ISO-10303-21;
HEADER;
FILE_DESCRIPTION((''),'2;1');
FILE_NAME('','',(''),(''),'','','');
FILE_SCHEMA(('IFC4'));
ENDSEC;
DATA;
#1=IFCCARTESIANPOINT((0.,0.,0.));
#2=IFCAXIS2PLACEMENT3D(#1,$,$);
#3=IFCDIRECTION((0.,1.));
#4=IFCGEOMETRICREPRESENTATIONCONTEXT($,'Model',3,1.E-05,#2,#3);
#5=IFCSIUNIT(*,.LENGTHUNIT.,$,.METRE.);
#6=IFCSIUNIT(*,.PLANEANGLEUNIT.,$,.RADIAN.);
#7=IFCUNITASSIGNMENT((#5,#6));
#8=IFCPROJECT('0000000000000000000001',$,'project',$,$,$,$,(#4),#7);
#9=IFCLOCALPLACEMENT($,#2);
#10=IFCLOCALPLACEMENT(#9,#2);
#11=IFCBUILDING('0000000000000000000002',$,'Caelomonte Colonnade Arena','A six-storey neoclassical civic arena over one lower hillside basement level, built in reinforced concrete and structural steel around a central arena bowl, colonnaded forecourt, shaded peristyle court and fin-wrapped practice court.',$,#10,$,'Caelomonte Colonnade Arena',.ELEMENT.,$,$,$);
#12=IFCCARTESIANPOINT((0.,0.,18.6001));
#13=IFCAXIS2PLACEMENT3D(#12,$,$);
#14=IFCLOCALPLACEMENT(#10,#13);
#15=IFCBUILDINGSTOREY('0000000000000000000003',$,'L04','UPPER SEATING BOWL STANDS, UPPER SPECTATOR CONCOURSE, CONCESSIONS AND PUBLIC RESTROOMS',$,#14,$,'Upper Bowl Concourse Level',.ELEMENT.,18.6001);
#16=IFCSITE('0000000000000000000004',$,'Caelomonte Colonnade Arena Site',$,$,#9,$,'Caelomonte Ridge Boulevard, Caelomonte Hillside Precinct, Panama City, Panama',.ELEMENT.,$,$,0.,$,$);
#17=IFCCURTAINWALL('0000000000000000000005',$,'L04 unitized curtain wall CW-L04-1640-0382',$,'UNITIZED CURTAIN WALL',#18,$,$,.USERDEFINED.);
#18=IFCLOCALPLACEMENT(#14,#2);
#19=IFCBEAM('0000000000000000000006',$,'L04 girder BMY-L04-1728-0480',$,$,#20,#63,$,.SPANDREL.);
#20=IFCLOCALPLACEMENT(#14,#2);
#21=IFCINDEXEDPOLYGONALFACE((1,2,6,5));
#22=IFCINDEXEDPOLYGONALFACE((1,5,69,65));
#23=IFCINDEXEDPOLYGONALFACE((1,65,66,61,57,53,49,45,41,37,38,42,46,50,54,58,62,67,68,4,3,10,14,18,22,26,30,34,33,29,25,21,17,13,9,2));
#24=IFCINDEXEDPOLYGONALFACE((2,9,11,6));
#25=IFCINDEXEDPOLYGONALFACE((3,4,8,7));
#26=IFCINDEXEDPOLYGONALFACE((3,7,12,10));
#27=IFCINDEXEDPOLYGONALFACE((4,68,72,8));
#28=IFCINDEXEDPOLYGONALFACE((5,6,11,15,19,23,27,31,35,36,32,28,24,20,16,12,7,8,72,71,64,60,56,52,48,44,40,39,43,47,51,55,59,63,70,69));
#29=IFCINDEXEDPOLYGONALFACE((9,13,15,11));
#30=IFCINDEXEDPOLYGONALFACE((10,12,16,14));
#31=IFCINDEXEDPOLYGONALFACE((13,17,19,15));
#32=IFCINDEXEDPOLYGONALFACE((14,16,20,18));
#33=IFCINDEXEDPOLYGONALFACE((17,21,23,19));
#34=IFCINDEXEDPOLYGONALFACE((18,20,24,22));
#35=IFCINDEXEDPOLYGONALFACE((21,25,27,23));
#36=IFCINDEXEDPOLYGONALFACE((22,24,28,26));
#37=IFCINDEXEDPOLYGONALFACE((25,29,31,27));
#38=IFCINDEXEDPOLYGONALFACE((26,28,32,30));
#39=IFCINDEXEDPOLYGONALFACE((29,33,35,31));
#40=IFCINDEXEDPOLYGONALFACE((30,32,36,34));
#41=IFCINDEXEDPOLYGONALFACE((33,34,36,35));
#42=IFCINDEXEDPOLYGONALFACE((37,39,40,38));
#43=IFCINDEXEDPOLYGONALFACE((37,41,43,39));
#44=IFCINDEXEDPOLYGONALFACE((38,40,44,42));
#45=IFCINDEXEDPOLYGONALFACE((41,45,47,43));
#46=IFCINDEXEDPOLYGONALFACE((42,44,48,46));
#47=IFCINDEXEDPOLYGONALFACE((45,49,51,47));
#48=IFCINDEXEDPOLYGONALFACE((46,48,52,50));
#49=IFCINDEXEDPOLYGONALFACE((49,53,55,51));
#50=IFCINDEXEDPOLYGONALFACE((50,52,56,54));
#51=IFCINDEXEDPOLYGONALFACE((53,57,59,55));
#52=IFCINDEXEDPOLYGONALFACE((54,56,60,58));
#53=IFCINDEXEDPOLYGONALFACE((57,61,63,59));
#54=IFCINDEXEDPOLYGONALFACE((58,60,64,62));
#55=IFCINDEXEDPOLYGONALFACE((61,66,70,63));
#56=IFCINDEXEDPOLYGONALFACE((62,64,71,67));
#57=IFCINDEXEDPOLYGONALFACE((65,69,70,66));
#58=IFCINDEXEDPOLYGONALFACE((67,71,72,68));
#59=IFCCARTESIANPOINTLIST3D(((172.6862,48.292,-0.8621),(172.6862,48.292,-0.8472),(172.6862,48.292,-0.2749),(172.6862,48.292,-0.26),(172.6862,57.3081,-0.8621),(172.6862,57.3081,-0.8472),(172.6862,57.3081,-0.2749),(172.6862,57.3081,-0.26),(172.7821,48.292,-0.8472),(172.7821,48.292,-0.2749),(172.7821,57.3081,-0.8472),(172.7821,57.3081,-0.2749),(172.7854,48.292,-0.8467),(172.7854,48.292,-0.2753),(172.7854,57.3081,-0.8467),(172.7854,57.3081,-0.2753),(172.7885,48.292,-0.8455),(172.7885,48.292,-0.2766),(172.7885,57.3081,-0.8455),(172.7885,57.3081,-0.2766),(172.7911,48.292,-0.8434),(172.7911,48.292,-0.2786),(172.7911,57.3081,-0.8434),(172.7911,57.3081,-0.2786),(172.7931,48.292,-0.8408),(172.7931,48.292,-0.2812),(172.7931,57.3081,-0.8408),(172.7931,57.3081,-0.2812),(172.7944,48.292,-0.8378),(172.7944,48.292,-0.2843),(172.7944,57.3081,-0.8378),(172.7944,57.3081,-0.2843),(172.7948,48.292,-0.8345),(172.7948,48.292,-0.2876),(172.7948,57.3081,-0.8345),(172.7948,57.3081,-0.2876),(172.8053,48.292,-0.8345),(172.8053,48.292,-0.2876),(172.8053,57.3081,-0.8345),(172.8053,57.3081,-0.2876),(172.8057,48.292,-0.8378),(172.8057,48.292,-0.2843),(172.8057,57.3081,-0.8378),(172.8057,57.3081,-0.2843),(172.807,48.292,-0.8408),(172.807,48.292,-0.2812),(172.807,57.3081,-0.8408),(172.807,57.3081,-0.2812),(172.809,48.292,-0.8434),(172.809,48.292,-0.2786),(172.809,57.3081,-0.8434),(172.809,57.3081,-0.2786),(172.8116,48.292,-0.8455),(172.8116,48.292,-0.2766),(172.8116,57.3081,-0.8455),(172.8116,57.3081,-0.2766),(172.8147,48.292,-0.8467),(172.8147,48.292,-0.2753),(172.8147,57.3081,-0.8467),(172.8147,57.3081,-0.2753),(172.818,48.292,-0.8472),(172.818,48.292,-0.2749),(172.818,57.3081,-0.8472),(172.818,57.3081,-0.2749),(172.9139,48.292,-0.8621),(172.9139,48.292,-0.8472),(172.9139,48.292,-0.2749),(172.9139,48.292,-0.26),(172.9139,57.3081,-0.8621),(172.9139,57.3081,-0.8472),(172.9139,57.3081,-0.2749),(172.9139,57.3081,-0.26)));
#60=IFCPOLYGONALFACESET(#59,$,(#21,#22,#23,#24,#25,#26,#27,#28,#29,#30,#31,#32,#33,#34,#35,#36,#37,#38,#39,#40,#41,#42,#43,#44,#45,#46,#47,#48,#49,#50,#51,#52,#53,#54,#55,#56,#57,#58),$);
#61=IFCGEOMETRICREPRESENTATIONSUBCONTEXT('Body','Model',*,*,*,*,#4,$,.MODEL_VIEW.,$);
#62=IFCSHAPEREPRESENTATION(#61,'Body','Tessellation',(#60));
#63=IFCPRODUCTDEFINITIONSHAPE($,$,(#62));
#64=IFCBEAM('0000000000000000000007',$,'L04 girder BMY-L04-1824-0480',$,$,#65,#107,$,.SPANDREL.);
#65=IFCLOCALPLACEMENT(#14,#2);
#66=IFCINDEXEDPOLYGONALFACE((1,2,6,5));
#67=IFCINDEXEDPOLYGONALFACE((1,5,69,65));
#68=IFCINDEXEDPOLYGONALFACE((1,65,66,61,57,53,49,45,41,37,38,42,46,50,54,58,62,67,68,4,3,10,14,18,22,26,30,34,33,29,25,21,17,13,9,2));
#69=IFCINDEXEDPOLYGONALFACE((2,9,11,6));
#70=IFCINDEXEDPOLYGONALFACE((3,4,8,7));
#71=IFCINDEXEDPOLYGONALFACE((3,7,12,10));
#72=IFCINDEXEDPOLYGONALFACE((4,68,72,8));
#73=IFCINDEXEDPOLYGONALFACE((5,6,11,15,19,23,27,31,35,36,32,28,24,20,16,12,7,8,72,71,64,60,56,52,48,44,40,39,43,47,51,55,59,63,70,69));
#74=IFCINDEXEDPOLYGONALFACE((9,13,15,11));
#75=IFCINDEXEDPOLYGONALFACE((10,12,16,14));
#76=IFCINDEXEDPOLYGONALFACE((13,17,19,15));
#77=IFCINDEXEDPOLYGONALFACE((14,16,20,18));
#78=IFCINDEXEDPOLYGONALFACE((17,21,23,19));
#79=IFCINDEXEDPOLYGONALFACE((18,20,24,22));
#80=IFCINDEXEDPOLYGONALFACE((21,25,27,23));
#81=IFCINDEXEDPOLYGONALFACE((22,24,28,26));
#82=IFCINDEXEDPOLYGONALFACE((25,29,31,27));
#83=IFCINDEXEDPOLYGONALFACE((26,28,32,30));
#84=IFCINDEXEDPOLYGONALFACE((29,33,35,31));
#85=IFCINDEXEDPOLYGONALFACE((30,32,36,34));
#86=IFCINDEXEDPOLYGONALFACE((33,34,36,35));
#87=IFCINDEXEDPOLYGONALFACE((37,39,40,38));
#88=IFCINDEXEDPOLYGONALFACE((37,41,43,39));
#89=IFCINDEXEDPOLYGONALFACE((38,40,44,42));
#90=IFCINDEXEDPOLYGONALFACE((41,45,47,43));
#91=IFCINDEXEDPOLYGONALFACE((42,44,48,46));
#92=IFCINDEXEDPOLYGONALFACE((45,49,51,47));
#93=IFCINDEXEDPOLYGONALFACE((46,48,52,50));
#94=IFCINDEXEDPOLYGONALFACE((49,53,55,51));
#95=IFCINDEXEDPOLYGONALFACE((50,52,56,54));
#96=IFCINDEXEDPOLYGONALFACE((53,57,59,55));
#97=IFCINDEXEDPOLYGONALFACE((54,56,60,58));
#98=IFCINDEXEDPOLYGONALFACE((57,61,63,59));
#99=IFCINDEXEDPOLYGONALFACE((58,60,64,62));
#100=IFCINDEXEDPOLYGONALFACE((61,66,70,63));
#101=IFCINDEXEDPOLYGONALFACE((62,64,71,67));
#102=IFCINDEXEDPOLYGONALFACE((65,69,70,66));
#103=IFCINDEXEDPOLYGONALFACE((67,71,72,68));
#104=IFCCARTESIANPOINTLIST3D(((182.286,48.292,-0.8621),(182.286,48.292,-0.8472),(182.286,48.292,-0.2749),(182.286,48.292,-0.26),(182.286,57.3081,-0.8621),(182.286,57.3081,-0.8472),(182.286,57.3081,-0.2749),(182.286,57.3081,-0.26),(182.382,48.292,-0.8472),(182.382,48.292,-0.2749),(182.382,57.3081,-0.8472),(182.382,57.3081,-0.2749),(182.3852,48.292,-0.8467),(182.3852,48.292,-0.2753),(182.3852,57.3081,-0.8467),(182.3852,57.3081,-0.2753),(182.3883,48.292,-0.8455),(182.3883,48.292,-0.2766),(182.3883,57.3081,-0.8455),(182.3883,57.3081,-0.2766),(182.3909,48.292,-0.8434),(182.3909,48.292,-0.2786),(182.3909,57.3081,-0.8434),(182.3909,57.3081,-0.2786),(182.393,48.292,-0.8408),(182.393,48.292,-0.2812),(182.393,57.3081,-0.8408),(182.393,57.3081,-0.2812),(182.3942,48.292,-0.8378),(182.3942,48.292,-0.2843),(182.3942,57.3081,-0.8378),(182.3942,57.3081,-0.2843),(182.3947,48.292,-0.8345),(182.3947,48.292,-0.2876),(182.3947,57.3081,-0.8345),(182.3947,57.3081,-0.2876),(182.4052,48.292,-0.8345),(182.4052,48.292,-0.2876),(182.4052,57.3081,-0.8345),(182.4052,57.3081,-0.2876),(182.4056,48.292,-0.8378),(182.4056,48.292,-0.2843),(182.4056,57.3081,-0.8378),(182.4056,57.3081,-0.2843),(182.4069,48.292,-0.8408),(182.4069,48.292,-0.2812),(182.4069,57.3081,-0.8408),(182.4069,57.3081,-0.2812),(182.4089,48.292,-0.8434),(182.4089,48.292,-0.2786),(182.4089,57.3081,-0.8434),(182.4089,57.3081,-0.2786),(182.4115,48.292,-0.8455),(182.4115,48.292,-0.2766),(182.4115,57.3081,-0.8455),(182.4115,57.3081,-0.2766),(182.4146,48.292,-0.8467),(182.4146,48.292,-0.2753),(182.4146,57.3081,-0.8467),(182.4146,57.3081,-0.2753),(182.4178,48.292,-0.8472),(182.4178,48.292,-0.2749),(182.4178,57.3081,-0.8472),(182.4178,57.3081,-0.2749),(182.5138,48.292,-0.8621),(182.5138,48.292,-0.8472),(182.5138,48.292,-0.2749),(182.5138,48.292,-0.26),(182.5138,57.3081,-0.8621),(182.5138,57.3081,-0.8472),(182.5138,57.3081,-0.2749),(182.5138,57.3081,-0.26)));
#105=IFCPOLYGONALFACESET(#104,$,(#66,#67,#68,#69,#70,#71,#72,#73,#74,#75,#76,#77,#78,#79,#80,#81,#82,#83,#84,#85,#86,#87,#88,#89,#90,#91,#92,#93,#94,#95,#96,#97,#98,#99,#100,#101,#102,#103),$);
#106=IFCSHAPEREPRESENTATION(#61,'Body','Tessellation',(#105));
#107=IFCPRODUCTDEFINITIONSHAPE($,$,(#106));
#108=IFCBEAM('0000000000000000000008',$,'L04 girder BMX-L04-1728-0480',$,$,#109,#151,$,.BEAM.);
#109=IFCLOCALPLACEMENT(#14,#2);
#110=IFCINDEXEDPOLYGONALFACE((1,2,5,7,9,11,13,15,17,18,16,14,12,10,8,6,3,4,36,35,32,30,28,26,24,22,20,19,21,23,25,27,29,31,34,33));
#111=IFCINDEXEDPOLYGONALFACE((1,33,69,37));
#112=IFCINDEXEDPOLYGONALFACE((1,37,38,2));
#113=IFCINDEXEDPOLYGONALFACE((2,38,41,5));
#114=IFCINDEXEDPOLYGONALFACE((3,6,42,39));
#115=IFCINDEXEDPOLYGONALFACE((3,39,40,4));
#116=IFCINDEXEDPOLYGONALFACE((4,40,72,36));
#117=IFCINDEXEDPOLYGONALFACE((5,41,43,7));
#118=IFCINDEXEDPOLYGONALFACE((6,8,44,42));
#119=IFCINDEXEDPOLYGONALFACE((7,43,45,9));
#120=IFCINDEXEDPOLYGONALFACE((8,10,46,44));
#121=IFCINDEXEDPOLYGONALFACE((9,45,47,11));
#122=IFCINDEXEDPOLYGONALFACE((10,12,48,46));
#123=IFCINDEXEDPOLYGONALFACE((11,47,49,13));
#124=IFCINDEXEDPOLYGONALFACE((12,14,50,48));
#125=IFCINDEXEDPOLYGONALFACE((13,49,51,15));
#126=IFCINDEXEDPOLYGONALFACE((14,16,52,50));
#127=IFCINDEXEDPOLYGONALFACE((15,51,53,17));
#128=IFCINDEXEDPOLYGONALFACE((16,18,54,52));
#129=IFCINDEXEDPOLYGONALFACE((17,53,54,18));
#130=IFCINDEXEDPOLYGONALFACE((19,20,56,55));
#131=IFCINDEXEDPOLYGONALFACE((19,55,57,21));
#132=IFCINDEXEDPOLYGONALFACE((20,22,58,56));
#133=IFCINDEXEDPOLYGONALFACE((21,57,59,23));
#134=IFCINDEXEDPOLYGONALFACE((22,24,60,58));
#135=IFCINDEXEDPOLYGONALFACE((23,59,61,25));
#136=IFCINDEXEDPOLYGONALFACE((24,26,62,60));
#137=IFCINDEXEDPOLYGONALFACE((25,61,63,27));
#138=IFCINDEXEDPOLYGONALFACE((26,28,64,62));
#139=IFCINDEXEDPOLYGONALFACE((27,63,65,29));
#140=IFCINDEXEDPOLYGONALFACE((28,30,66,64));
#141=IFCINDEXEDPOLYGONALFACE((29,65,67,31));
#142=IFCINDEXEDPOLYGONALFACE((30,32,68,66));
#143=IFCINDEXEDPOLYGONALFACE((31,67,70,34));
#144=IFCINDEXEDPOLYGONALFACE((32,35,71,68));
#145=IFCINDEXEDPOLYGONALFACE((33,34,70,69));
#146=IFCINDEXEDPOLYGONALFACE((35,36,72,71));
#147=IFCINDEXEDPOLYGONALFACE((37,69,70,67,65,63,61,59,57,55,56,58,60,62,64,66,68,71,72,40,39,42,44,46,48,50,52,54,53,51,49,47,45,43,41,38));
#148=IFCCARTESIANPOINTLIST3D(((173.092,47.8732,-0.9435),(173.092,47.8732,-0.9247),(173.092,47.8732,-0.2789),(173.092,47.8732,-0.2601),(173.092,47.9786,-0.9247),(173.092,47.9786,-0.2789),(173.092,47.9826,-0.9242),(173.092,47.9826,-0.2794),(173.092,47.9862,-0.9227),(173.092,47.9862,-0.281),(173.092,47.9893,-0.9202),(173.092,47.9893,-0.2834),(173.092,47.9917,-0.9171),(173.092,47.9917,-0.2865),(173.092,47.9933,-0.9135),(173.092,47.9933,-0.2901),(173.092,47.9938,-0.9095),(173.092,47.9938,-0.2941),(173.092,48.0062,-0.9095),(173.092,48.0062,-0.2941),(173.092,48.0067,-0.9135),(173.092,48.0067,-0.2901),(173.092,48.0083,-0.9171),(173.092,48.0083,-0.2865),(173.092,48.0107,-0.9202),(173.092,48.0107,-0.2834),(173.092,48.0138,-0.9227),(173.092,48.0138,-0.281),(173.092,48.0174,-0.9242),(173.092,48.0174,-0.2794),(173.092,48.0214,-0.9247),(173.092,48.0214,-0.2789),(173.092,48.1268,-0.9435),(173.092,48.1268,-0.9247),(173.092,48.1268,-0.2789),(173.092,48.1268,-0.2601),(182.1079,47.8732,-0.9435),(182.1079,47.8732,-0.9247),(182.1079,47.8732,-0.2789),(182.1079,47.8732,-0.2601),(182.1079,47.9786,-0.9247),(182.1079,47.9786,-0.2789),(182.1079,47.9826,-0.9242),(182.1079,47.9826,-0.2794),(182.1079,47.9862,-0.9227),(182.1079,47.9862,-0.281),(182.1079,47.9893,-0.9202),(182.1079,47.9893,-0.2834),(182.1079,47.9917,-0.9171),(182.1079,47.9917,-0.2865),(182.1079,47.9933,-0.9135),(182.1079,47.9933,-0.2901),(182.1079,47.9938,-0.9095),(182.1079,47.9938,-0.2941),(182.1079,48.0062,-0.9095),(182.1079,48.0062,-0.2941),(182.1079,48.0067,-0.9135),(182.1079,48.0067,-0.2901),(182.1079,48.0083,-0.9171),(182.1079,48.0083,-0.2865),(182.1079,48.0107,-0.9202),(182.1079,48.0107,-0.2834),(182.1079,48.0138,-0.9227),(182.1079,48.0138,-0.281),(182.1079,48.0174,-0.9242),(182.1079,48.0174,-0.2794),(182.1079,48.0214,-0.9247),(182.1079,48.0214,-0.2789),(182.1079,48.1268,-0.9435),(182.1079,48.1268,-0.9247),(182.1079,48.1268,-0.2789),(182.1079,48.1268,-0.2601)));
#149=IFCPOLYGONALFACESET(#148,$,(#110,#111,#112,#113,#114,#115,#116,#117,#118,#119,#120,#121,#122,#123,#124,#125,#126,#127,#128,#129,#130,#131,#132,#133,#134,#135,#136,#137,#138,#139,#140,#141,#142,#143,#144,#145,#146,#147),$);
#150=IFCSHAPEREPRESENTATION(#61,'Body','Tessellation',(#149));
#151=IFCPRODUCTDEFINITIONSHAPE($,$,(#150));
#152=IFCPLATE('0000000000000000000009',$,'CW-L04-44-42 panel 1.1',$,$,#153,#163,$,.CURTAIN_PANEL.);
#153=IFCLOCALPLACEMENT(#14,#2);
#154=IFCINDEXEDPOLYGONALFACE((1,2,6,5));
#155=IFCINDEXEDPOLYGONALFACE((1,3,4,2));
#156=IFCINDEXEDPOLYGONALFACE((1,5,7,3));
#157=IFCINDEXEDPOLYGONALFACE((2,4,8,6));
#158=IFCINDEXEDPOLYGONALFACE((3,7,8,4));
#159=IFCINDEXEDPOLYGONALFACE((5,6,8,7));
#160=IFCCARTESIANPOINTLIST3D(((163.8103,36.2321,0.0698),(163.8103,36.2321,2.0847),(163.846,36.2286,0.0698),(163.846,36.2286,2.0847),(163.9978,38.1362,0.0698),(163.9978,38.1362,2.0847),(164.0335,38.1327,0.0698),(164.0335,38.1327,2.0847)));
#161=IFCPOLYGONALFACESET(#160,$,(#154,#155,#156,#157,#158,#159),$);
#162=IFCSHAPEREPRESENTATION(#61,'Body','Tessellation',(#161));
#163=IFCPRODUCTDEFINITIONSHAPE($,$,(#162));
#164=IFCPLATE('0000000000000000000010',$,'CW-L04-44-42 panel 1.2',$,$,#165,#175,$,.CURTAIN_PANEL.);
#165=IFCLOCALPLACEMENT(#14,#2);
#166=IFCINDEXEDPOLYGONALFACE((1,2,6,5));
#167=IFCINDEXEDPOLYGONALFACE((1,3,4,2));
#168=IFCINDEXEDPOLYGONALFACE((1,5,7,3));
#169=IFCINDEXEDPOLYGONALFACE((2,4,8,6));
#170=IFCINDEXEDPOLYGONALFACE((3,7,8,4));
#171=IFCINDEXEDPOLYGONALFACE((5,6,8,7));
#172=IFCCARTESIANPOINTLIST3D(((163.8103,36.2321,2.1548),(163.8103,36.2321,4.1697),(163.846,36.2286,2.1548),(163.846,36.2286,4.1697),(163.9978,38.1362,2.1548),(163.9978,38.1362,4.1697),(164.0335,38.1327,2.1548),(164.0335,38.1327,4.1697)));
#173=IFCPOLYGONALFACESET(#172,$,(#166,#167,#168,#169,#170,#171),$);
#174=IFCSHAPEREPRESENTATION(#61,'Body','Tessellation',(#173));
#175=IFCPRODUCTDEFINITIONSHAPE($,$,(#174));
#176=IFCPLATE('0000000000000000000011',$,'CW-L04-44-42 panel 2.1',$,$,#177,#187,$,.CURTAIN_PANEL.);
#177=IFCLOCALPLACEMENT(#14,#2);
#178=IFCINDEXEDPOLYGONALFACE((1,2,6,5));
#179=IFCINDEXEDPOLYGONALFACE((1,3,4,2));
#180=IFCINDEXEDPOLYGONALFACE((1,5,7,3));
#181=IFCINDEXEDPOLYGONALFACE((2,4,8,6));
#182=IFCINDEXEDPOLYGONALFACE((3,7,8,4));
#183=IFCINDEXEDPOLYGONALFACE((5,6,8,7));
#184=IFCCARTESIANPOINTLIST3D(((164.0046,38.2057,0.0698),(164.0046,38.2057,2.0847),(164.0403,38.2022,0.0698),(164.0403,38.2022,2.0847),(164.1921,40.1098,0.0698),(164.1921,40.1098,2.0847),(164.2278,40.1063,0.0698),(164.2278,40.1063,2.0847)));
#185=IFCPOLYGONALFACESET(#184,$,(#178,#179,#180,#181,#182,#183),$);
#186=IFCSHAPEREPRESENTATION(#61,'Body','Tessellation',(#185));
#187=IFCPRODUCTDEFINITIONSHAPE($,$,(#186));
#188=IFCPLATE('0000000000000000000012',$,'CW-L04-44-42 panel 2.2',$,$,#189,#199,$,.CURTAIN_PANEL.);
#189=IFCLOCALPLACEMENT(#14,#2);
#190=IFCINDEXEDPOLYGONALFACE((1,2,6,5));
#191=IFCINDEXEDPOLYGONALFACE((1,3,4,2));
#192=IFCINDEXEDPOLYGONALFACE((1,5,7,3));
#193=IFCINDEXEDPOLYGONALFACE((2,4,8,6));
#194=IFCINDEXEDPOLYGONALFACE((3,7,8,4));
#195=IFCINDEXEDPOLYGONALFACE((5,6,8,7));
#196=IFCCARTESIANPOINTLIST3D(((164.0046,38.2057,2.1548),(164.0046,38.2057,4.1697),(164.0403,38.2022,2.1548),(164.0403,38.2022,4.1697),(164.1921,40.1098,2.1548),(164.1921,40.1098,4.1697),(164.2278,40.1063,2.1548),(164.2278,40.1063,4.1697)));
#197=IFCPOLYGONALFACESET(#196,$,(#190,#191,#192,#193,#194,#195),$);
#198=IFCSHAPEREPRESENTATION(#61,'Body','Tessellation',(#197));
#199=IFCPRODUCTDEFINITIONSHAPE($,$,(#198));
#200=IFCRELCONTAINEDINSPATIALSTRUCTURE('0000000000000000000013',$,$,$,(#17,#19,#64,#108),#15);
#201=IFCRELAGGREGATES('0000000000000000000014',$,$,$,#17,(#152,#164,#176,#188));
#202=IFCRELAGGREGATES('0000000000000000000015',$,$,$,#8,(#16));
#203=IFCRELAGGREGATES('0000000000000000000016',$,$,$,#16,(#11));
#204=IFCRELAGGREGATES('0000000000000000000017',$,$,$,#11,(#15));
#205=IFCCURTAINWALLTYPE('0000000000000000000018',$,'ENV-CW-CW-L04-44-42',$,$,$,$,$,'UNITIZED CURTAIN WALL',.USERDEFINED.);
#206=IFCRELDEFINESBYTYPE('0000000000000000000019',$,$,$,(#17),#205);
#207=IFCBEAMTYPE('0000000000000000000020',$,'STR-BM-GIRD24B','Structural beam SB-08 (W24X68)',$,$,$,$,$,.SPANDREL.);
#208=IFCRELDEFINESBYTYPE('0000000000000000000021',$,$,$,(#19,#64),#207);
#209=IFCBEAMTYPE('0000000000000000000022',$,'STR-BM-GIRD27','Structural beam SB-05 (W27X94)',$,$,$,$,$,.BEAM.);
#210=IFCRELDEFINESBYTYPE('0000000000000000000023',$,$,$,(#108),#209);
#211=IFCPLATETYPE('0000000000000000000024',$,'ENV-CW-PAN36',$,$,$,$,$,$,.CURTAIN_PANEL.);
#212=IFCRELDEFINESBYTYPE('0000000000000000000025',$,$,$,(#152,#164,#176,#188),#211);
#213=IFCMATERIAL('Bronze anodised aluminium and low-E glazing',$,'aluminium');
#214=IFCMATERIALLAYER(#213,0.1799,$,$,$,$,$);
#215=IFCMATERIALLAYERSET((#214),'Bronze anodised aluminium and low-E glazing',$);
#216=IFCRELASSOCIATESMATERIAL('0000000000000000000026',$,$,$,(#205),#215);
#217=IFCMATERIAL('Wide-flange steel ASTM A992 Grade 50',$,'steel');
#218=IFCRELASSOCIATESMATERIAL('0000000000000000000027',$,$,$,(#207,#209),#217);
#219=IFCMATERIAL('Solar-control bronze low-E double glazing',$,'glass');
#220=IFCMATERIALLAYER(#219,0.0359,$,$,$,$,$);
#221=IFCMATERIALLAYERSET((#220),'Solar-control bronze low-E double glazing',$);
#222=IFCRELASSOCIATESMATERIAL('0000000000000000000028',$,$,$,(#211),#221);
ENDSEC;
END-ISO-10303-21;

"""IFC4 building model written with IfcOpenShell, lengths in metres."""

from ifc_helpers import new_model, si_unit, direction, frame, origin, origin_2d, place, context, subcontext, project, spatial, rectangle, i_section, extrude, material, layer, layer_set, material_profile, profile_set, type_object, element, aggregate, save


model = new_model("IFC4")

# Units and contexts
model_context = context("Model", 3, precision=1e-05, world=origin(), true_north=direction((0.0, 1.0)))
body_context = subcontext(model_context, "Body", "Model", "MODEL_VIEW")
ifc_project = project(units=[si_unit("LENGTHUNIT", "METRE"), si_unit("PLANEANGLEUNIT", "RADIAN")], contexts=[model_context])

# Site, building, storey
site_placement = place(None, origin())
site = spatial("IfcSite", under=ifc_project, at=site_placement, Name="Caelomonte Colonnade Arena Site", LongName="Caelomonte Ridge Boulevard, Caelomonte Hillside Precinct, Panama City, Panama", CompositionType="ELEMENT", RefElevation=0.0)
building_placement = place(site_placement, origin())
building = spatial("IfcBuilding", under=site, at=building_placement, Name="Caelomonte Colonnade Arena", Description="A six-storey neoclassical civic arena over one lower hillside basement level, built in reinforced concrete and structural steel around a central arena bowl, colonnaded forecourt, shaded peristyle court and fin-wrapped practice court.", LongName="Caelomonte Colonnade Arena", CompositionType="ELEMENT")
storey_placement = place(building_placement, frame((0.0, 0.0, 18.6001)))
storey = spatial("IfcBuildingStorey", under=building, at=storey_placement, Name="L04", Description="UPPER SEATING BOWL STANDS, UPPER SPECTATOR CONCOURSE, CONCESSIONS AND PUBLIC RESTROOMS", LongName="Upper Bowl Concourse Level", CompositionType="ELEMENT", Elevation=18.6001)

# Curtain wall
ifc_material_1 = material(Name="Bronze anodised aluminium and low-E glazing", Category="aluminium")
ifc_layer_1 = layer(ifc_material_1, 0.1799)
ifc_layer_set_1 = layer_set([ifc_layer_1], Name="Bronze anodised aluminium and low-E glazing")
curtain_wall_type = type_object("IfcCurtainWallType", Name="ENV-CW-CW-L04-44-42", ElementType="UNITIZED CURTAIN WALL", PredefinedType="USERDEFINED", material=ifc_layer_set_1)
curtain_wall_placement = place(storey_placement, origin())
curtain_wall = element("IfcCurtainWall", 1, at=curtain_wall_placement, inside=storey, type_object=curtain_wall_type, Name="L04 unitized curtain wall CW-L04-1640-0382", ObjectType="UNITIZED CURTAIN WALL", PredefinedType="USERDEFINED")

# Beams
ifc_material_2 = material(Name="Wide-flange steel ASTM A992 Grade 50", Category="steel")
ifc_material_profile_1 = material_profile(ifc_material_2, i_section(OverallWidth=0.2278, OverallDepth=0.6021, WebThickness=0.0105, FlangeThickness=0.0149, FilletRadius=0.0127, at=origin_2d()), Name="W24X68")
ifc_profile_set_1 = profile_set([ifc_material_profile_1], Name="Wide-flange steel ASTM A992 Grade 50")
beam_type_1 = type_object("IfcBeamType", Name="STR-BM-GIRD24B", Description="Structural beam SB-08 (W24X68)", PredefinedType="SPANDREL", material=ifc_profile_set_1)
for number, where, z_axis, x_axis, name in (
    (2, (172.8, 48.292, -0.561), (0.0, 1.0, 0.0), (-1.0, 0.0, 0.0), "L04 girder BMY-L04-1728-0480"),
    (3, (182.3999, 48.292, -0.561), (0.0, 1.0, 0.0), (-1.0, 0.0, 0.0), "L04 girder BMY-L04-1824-0480"),
):
    element("IfcBeam", number, at=place(storey_placement, frame(where, z_axis=z_axis, x_axis=x_axis)), inside=storey, type_object=beam_type_1, Name=name, PredefinedType="SPANDREL", context=body_context, shape_type="SweptSolid", body=[
        extrude(i_section(OverallWidth=0.2278, OverallDepth=0.6021, WebThickness=0.0105, FlangeThickness=0.0149, FilletRadius=0.0127, at=origin_2d()), origin(), (0.0, 0.0, 1.0), 9.0161),
    ])
ifc_material_profile_2 = material_profile(ifc_material_2, i_section(OverallWidth=0.2537, OverallDepth=0.6833, WebThickness=0.0125, FlangeThickness=0.0188, FilletRadius=0.0151, at=origin_2d()), Name="W27X94")
ifc_profile_set_2 = profile_set([ifc_material_profile_2], Name="Wide-flange steel ASTM A992 Grade 50")
beam_type_2 = type_object("IfcBeamType", Name="STR-BM-GIRD27", Description="Structural beam SB-05 (W27X94)", PredefinedType="BEAM", material=ifc_profile_set_2)
beam_placement = place(storey_placement, frame((173.092, 48.0, -0.6018), z_axis=(1.0, 0.0, 0.0), x_axis=(0.0, 1.0, 0.0)))
element("IfcBeam", 4, at=beam_placement, inside=storey, type_object=beam_type_2, Name="L04 girder BMX-L04-1728-0480", PredefinedType="BEAM", context=body_context, shape_type="SweptSolid", body=[
    extrude(i_section(OverallWidth=0.2537, OverallDepth=0.6833, WebThickness=0.0125, FlangeThickness=0.0188, FilletRadius=0.0151, at=origin_2d()), origin(), (0.0, 0.0, 1.0), 9.0159),
])

# Plates
ifc_material_3 = material(Name="Solar-control bronze low-E double glazing", Category="glass")
ifc_layer_2 = layer(ifc_material_3, 0.0359)
ifc_layer_set_2 = layer_set([ifc_layer_2], Name="Solar-control bronze low-E double glazing")
plate_type = type_object("IfcPlateType", Name="ENV-CW-PAN36", PredefinedType="CURTAIN_PANEL", material=ifc_layer_set_2)
plate_1_placement = place(storey_placement, frame((163.9219, 37.1824, 0.0698), z_axis=(0.0, 0.0, 1.0), x_axis=(0.098002, 0.995186, 0.0)))
plate_1 = element("IfcPlate", 5, at=plate_1_placement, type_object=plate_type, Name="CW-L04-44-42 panel 1.1", PredefinedType="CURTAIN_PANEL", context=body_context, shape_type="SweptSolid", body=[
    extrude(rectangle(XDim=1.9133, YDim=0.0359, at=origin_2d()), origin(), (0.0, 0.0, 1.0), 2.0149),
])
plate_2_placement = place(storey_placement, frame((163.9219, 37.1824, 2.1548), z_axis=(0.0, 0.0, 1.0), x_axis=(0.098002, 0.995186, 0.0)))
plate_2 = element("IfcPlate", 6, at=plate_2_placement, type_object=plate_type, Name="CW-L04-44-42 panel 1.2", PredefinedType="CURTAIN_PANEL", context=body_context, shape_type="SweptSolid", body=[
    extrude(rectangle(XDim=1.9133, YDim=0.0359, at=origin_2d()), origin(), (0.0, 0.0, 1.0), 2.0149),
])
plate_3_placement = place(storey_placement, frame((164.1162, 39.156, 0.0698), z_axis=(0.0, 0.0, 1.0), x_axis=(0.098002, 0.995186, 0.0)))
plate_3 = element("IfcPlate", 7, at=plate_3_placement, type_object=plate_type, Name="CW-L04-44-42 panel 2.1", PredefinedType="CURTAIN_PANEL", context=body_context, shape_type="SweptSolid", body=[
    extrude(rectangle(XDim=1.9133, YDim=0.0359, at=origin_2d()), origin(), (0.0, 0.0, 1.0), 2.0149),
])
plate_4_placement = place(storey_placement, frame((164.1162, 39.156, 2.1548), z_axis=(0.0, 0.0, 1.0), x_axis=(0.098002, 0.995186, 0.0)))
plate_4 = element("IfcPlate", 8, at=plate_4_placement, type_object=plate_type, Name="CW-L04-44-42 panel 2.2", PredefinedType="CURTAIN_PANEL", context=body_context, shape_type="SweptSolid", body=[
    extrude(rectangle(XDim=1.9133, YDim=0.0359, at=origin_2d()), origin(), (0.0, 0.0, 1.0), 2.0149),
])
aggregate(curtain_wall, [plate_1, plate_2, plate_3, plate_4])

save(model, "model.ifc")
